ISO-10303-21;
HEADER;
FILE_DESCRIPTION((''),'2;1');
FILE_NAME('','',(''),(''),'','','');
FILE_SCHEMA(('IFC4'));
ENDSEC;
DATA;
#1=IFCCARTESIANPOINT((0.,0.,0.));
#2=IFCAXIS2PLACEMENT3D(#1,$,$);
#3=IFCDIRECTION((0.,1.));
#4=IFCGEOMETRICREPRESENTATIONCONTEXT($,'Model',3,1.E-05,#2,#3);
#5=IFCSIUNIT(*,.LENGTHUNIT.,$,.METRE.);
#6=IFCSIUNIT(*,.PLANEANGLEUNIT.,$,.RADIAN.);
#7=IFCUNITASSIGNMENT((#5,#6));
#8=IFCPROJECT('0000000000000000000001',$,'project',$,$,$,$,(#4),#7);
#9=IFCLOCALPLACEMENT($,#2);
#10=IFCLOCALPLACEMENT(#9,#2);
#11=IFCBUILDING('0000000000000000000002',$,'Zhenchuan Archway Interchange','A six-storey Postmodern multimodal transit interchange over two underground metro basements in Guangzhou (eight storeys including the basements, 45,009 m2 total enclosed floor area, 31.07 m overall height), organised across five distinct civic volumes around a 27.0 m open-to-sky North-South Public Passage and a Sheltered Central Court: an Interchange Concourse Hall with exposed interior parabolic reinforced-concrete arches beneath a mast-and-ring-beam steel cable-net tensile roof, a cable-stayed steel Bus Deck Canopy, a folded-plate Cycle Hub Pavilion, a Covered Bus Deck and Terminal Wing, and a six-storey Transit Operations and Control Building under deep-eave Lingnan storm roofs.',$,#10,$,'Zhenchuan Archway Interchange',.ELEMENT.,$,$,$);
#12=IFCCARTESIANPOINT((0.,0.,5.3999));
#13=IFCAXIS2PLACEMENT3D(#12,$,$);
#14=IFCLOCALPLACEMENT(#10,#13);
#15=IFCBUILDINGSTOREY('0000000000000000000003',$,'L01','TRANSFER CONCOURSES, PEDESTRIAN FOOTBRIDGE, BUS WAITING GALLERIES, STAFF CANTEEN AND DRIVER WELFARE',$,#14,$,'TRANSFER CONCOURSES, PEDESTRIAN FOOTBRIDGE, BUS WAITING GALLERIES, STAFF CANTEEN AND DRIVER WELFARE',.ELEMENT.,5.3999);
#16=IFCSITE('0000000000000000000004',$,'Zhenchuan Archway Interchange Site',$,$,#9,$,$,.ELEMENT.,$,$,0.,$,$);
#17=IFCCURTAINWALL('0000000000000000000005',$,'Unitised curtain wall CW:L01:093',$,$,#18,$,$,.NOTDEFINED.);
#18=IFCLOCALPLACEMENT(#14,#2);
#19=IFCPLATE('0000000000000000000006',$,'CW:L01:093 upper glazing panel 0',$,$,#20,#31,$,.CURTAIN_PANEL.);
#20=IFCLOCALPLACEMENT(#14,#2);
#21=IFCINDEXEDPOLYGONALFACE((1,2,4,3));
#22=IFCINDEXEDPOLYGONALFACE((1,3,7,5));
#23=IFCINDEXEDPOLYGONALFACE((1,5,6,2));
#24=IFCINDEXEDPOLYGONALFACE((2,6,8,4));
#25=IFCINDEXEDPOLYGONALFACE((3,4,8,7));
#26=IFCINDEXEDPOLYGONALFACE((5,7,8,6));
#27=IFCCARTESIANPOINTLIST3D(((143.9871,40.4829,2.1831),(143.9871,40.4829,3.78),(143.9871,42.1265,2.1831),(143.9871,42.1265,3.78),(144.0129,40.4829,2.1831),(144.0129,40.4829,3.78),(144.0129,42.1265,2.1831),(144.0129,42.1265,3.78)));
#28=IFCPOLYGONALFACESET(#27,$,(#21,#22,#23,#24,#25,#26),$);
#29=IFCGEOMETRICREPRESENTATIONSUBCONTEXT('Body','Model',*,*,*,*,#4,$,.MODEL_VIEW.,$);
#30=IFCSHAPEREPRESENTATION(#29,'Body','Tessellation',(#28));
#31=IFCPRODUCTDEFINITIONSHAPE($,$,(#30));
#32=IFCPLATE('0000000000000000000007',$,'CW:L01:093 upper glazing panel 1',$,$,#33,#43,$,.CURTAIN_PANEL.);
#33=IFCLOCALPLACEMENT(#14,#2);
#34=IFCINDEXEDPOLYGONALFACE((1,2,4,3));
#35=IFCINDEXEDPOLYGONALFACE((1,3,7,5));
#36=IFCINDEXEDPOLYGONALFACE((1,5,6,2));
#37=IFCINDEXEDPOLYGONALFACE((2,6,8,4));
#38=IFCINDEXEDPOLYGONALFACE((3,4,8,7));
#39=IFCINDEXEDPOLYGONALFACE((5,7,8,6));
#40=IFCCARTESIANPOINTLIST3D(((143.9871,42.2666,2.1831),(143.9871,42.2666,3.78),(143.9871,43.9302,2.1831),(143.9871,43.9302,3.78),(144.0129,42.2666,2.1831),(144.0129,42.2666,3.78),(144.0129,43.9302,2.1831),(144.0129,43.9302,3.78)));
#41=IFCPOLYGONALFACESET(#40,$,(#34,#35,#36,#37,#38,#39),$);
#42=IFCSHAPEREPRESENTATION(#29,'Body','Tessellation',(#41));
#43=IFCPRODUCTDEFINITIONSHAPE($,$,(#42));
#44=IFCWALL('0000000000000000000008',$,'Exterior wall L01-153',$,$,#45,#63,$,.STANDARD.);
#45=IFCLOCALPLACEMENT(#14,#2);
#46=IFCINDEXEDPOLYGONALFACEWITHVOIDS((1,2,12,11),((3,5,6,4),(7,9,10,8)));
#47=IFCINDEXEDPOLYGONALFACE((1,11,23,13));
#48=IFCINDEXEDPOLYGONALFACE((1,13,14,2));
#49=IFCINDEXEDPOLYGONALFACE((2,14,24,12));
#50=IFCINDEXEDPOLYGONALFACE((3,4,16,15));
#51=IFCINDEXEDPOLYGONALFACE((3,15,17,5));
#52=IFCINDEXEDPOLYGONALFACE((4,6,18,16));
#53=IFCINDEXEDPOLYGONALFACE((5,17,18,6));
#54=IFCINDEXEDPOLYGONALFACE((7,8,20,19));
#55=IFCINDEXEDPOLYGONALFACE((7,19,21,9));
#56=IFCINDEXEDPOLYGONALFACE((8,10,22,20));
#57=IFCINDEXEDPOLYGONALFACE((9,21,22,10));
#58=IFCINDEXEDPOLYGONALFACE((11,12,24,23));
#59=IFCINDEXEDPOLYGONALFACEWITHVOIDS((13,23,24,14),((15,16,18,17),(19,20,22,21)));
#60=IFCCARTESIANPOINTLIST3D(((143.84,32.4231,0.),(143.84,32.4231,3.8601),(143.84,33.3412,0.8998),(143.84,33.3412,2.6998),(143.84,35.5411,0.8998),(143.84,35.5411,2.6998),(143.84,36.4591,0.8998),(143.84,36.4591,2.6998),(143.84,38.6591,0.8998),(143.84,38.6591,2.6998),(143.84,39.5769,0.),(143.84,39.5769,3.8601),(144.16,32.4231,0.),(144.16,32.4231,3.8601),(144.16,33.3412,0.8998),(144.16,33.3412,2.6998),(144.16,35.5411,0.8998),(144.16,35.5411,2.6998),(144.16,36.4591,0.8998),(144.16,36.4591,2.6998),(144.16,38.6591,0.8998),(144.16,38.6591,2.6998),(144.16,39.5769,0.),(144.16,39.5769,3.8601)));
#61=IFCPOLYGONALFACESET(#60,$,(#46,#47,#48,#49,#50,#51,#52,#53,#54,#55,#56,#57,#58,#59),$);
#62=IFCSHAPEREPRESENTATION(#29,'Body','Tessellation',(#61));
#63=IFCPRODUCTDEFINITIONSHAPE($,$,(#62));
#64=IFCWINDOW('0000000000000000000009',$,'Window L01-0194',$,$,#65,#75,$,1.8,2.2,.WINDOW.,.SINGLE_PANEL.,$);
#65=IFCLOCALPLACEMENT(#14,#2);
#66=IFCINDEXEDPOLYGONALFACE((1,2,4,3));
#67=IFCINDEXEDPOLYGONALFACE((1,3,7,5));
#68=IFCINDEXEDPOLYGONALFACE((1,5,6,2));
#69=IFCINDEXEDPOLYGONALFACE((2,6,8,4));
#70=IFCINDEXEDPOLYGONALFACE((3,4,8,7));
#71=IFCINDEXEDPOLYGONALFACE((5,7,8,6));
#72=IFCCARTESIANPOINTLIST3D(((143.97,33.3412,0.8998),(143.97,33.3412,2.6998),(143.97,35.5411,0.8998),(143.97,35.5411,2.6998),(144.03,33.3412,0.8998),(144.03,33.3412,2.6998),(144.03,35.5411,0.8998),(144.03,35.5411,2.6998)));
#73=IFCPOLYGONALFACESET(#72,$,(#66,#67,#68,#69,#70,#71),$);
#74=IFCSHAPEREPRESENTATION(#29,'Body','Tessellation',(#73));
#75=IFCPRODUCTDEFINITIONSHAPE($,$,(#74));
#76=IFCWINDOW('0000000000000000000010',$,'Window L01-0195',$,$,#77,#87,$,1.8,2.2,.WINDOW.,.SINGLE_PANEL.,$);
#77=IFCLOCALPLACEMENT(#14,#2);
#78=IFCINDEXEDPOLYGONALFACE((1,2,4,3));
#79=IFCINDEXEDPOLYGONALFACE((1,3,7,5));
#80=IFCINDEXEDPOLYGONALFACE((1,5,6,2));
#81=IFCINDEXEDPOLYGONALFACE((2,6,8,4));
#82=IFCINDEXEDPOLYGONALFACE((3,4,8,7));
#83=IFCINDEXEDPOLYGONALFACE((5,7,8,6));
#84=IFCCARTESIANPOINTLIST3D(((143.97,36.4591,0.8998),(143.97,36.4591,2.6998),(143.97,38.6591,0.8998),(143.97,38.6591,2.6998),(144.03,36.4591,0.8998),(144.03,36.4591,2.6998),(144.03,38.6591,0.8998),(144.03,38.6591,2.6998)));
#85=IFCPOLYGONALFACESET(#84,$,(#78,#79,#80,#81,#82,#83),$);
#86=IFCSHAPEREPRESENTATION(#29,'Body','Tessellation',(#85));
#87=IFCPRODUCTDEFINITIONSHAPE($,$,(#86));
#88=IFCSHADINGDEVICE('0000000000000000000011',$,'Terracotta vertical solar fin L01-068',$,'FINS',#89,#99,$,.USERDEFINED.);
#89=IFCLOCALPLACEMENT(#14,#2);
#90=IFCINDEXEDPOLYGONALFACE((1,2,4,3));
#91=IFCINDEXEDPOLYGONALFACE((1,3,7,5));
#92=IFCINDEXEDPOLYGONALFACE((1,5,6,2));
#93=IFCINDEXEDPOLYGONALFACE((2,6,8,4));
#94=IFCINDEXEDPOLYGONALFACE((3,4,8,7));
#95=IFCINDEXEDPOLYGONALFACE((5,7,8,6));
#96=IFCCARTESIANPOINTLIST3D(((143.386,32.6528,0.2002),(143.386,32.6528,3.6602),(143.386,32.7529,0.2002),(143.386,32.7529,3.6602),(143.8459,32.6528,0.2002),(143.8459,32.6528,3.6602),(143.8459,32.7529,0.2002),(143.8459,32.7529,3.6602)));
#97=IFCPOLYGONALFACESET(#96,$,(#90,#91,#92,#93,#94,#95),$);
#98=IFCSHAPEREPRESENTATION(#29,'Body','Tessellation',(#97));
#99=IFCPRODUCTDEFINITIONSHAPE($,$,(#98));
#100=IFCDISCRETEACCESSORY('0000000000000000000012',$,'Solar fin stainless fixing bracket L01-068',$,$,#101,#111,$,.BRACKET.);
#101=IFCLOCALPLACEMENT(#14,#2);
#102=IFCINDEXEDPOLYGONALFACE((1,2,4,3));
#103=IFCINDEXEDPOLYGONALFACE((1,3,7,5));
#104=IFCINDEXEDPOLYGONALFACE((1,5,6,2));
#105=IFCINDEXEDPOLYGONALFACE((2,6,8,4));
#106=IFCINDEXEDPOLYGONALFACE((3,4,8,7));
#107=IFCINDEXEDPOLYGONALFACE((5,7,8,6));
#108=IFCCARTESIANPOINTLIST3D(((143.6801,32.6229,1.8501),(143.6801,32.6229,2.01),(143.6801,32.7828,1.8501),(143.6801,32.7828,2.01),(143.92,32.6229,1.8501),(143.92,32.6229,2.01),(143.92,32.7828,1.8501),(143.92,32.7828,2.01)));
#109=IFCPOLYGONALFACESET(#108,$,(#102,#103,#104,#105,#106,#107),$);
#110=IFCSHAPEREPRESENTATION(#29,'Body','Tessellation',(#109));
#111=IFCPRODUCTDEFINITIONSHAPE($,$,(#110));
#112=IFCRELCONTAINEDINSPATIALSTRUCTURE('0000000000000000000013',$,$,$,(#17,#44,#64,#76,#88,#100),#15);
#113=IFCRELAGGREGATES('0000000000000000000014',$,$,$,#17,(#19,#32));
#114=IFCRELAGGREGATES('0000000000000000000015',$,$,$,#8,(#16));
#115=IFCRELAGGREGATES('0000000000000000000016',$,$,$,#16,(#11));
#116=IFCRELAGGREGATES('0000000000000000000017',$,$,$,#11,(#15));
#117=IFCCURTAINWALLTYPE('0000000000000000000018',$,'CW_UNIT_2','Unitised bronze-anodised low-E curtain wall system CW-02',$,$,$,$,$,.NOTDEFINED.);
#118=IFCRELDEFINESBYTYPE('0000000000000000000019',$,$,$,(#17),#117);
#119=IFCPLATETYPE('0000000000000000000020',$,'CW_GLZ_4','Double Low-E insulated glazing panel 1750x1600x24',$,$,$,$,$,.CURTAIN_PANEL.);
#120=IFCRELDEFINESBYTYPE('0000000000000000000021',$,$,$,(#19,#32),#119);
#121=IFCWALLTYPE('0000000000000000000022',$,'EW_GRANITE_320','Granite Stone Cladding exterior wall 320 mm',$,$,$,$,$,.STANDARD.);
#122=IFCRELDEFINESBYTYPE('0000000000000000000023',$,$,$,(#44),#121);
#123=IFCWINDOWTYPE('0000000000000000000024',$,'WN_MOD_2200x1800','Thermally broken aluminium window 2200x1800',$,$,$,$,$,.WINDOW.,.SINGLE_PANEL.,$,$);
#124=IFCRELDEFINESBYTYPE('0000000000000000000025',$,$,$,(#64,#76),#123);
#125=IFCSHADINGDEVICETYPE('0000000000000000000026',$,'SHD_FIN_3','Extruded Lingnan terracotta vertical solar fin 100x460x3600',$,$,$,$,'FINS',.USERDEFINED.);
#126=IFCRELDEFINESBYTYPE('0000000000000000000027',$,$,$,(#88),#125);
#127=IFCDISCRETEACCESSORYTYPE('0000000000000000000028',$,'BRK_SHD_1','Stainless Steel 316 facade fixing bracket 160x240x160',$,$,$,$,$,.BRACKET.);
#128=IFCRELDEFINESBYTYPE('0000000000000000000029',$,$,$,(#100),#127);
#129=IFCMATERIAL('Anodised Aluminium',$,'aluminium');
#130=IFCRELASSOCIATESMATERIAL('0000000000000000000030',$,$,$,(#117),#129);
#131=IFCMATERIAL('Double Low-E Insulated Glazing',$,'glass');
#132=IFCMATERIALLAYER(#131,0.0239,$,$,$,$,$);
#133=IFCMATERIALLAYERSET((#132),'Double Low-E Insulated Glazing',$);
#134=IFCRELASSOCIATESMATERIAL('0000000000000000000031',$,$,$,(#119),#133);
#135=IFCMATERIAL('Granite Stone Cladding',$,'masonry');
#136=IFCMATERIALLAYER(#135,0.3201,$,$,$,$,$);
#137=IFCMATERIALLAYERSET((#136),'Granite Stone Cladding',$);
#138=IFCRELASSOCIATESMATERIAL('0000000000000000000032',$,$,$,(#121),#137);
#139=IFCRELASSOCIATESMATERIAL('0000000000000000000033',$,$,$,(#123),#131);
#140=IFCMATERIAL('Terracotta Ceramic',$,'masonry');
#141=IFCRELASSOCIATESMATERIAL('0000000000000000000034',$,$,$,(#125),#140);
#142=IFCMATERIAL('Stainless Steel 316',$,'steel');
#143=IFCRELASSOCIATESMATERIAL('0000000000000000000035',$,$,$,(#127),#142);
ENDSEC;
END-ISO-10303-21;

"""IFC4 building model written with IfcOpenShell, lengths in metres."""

from ifc_helpers import new_model, si_unit, direction, frame, frame_2d, origin, origin_2d, place, context, subcontext, project, spatial, rectangle, extrude, material, layer, layer_set, type_object, element, fill, aggregate, save


model = new_model("IFC4")

# Units and contexts
model_context = context("Model", 3, precision=1e-05, world=origin(), true_north=direction((0.0, 1.0)))
body_context = subcontext(model_context, "Body", "Model", "MODEL_VIEW")
ifc_project = project(units=[si_unit("LENGTHUNIT", "METRE"), si_unit("PLANEANGLEUNIT", "RADIAN")], contexts=[model_context])

# Site, building, storey
site_placement = place(None, origin())
site = spatial("IfcSite", under=ifc_project, at=site_placement, Name="Zhenchuan Archway Interchange Site", CompositionType="ELEMENT", RefElevation=0.0)
building_placement = place(site_placement, origin())
building = spatial("IfcBuilding", under=site, at=building_placement, Name="Zhenchuan Archway Interchange", Description="A six-storey Postmodern multimodal transit interchange over two underground metro basements in Guangzhou (eight storeys including the basements, 45,009 m2 total enclosed floor area, 31.07 m overall height), organised across five distinct civic volumes around a 27.0 m open-to-sky North-South Public Passage and a Sheltered Central Court: an Interchange Concourse Hall with exposed interior parabolic reinforced-concrete arches beneath a mast-and-ring-beam steel cable-net tensile roof, a cable-stayed steel Bus Deck Canopy, a folded-plate Cycle Hub Pavilion, a Covered Bus Deck and Terminal Wing, and a six-storey Transit Operations and Control Building under deep-eave Lingnan storm roofs.", LongName="Zhenchuan Archway Interchange", CompositionType="ELEMENT")
storey_placement = place(building_placement, frame((0.0, 0.0, 5.3999)))
storey = spatial("IfcBuildingStorey", under=building, at=storey_placement, Name="L01", Description="TRANSFER CONCOURSES, PEDESTRIAN FOOTBRIDGE, BUS WAITING GALLERIES, STAFF CANTEEN AND DRIVER WELFARE", LongName="TRANSFER CONCOURSES, PEDESTRIAN FOOTBRIDGE, BUS WAITING GALLERIES, STAFF CANTEEN AND DRIVER WELFARE", CompositionType="ELEMENT", Elevation=5.3999)

# Curtain wall
ifc_material_1 = material(Name="Anodised Aluminium", Category="aluminium")
curtain_wall_type = type_object("IfcCurtainWallType", Name="CW_UNIT_2", Description="Unitised bronze-anodised low-E curtain wall system CW-02", PredefinedType="NOTDEFINED", material=ifc_material_1)
curtain_wall_placement = place(storey_placement, origin())
curtain_wall = element("IfcCurtainWall", 1, at=curtain_wall_placement, inside=storey, type_object=curtain_wall_type, Name="Unitised curtain wall CW:L01:093", PredefinedType="NOTDEFINED")

# Plates
ifc_material_2 = material(Name="Double Low-E Insulated Glazing", Category="glass")
ifc_layer_1 = layer(ifc_material_2, 0.0239)
ifc_layer_set_1 = layer_set([ifc_layer_1], Name="Double Low-E Insulated Glazing")
plate_type_1 = type_object("IfcPlateType", Name="CW_GLZ_4", Description="Double Low-E insulated glazing panel 1750x1600x24", PredefinedType="CURTAIN_PANEL", material=ifc_layer_set_1)
plate_1_placement = place(storey_placement, frame((144.0, 41.3047, 2.1831), z_axis=(0.0, 0.0, 1.0), x_axis=(0.0, 1.0, 0.0)))
plate_1 = element("IfcPlate", 2, at=plate_1_placement, type_object=plate_type_1, Name="CW:L01:093 upper glazing panel 0", PredefinedType="CURTAIN_PANEL", context=body_context, shape_type="SweptSolid", body=[
    extrude(rectangle(XDim=1.6436, YDim=0.0259, at=origin_2d()), origin(), (0.0, 0.0, 1.0), 1.5969),
])
plate_2_placement = place(storey_placement, frame((144.0, 43.0984, 2.1831), z_axis=(0.0, 0.0, 1.0), x_axis=(0.0, 1.0, 0.0)))
plate_2 = element("IfcPlate", 3, at=plate_2_placement, type_object=plate_type_1, Name="CW:L01:093 upper glazing panel 1", PredefinedType="CURTAIN_PANEL", context=body_context, shape_type="SweptSolid", body=[
    extrude(rectangle(XDim=1.6636, YDim=0.0259, at=origin_2d()), origin(), (0.0, 0.0, 1.0), 1.5969),
])
aggregate(curtain_wall, [plate_1, plate_2])

# Wall, openings, windows
ifc_material_3 = material(Name="Granite Stone Cladding", Category="masonry")
ifc_layer_2 = layer(ifc_material_3, 0.3201)
ifc_layer_set_2 = layer_set([ifc_layer_2], Name="Granite Stone Cladding")
wall_type = type_object("IfcWallType", Name="EW_GRANITE_320", Description="Granite Stone Cladding exterior wall 320 mm", PredefinedType="STANDARD", material=ifc_layer_set_2)
wall_placement = place(storey_placement, frame((144.0, 32.4231, 0.0), z_axis=(0.0, 0.0, 1.0), x_axis=(0.0, 1.0, 0.0)))
wall = element("IfcWall", 4, at=wall_placement, inside=storey, type_object=wall_type, Name="Exterior wall L01-153", PredefinedType="STANDARD", context=body_context, shape_type="SweptSolid", body=[
    extrude(rectangle(XDim=7.1538, YDim=0.3201, at=frame_2d((3.5769, 0.0))), origin(), (0.0, 0.0, 1.0), 3.8601),
])
opening_1_placement = place(wall_placement, frame((0.918, 0.0, 0.8999)))
opening_1 = element("IfcOpeningElement", 5, at=opening_1_placement, cuts=wall, PredefinedType="OPENING", context=body_context, shape_type="SweptSolid", body=[
    extrude(rectangle(XDim=2.2, YDim=1.8, at=frame_2d((1.1001, 0.8999))), frame((0.0, 0.1719, 0.0), z_axis=(0.0, -1.0, 0.0), x_axis=(1.0, 0.0, 0.0)), (0.0, 0.0, 1.0), 0.344),
])
opening_2_placement = place(wall_placement, frame((4.0359, 0.0, 0.8999)))
opening_2 = element("IfcOpeningElement", 6, at=opening_2_placement, cuts=wall, PredefinedType="OPENING", context=body_context, shape_type="SweptSolid", body=[
    extrude(rectangle(XDim=2.2, YDim=1.8, at=frame_2d((1.1001, 0.8999))), frame((0.0, 0.1719, 0.0), z_axis=(0.0, -1.0, 0.0), x_axis=(1.0, 0.0, 0.0)), (0.0, 0.0, 1.0), 0.344),
])
window_type = type_object("IfcWindowType", Name="WN_MOD_2200x1800", Description="Thermally broken aluminium window 2200x1800", PartitioningType="SINGLE_PANEL", PredefinedType="WINDOW", material=ifc_material_2)
window_1_placement = place(opening_1_placement, origin())
window_1 = element("IfcWindow", 7, at=window_1_placement, inside=storey, type_object=window_type, Name="Window L01-0194", OverallHeight=1.8, OverallWidth=2.2, PartitioningType="SINGLE_PANEL", PredefinedType="WINDOW", context=body_context, shape_type="SweptSolid", body=[
    extrude(rectangle(XDim=2.2, YDim=1.8, at=frame_2d((1.1001, 0.8999))), frame((0.0, 0.03, 0.0), z_axis=(0.0, -1.0, 0.0), x_axis=(1.0, 0.0, 0.0)), (0.0, 0.0, 1.0), 0.0601),
])
fill(opening_1, window_1)
window_2_placement = place(opening_2_placement, origin())
window_2 = element("IfcWindow", 8, at=window_2_placement, inside=storey, type_object=window_type, Name="Window L01-0195", OverallHeight=1.8, OverallWidth=2.2, PartitioningType="SINGLE_PANEL", PredefinedType="WINDOW", context=body_context, shape_type="SweptSolid", body=[
    extrude(rectangle(XDim=2.2, YDim=1.8, at=frame_2d((1.1001, 0.8999))), frame((0.0, 0.03, 0.0), z_axis=(0.0, -1.0, 0.0), x_axis=(1.0, 0.0, 0.0)), (0.0, 0.0, 1.0), 0.0601),
])
fill(opening_2, window_2)

# Shading device
ifc_material_4 = material(Name="Terracotta Ceramic", Category="masonry")
shading_device_type = type_object("IfcShadingDeviceType", Name="SHD_FIN_3", Description="Extruded Lingnan terracotta vertical solar fin 100x460x3600", ElementType="FINS", PredefinedType="USERDEFINED", material=ifc_material_4)
shading_device_placement = place(storey_placement, frame((143.616, 32.7029, 0.2002), z_axis=(0.0, 0.0, 1.0), x_axis=(0.0, 1.0, 0.0)))
element("IfcShadingDevice", 9, at=shading_device_placement, inside=storey, type_object=shading_device_type, Name="Terracotta vertical solar fin L01-068", ObjectType="FINS", PredefinedType="USERDEFINED", context=body_context, shape_type="SweptSolid", body=[
    extrude(rectangle(XDim=0.1001, YDim=0.46, at=origin_2d()), origin(), (0.0, 0.0, 1.0), 3.46),
])

# Discrete accessory
ifc_material_5 = material(Name="Stainless Steel 316", Category="steel")
discrete_accessory_type = type_object("IfcDiscreteAccessoryType", Name="BRK_SHD_1", Description="Stainless Steel 316 facade fixing bracket 160x240x160", PredefinedType="BRACKET", material=ifc_material_5)
discrete_accessory_placement = place(storey_placement, frame((143.8, 32.7029, 1.8501), z_axis=(0.0, 0.0, 1.0), x_axis=(0.0, 1.0, 0.0)))
element("IfcDiscreteAccessory", 10, at=discrete_accessory_placement, inside=storey, type_object=discrete_accessory_type, Name="Solar fin stainless fixing bracket L01-068", PredefinedType="BRACKET", context=body_context, shape_type="SweptSolid", body=[
    extrude(rectangle(XDim=0.1599, YDim=0.24, at=origin_2d()), origin(), (0.0, 0.0, 1.0), 0.1599),
])

save(model, "model.ifc")
